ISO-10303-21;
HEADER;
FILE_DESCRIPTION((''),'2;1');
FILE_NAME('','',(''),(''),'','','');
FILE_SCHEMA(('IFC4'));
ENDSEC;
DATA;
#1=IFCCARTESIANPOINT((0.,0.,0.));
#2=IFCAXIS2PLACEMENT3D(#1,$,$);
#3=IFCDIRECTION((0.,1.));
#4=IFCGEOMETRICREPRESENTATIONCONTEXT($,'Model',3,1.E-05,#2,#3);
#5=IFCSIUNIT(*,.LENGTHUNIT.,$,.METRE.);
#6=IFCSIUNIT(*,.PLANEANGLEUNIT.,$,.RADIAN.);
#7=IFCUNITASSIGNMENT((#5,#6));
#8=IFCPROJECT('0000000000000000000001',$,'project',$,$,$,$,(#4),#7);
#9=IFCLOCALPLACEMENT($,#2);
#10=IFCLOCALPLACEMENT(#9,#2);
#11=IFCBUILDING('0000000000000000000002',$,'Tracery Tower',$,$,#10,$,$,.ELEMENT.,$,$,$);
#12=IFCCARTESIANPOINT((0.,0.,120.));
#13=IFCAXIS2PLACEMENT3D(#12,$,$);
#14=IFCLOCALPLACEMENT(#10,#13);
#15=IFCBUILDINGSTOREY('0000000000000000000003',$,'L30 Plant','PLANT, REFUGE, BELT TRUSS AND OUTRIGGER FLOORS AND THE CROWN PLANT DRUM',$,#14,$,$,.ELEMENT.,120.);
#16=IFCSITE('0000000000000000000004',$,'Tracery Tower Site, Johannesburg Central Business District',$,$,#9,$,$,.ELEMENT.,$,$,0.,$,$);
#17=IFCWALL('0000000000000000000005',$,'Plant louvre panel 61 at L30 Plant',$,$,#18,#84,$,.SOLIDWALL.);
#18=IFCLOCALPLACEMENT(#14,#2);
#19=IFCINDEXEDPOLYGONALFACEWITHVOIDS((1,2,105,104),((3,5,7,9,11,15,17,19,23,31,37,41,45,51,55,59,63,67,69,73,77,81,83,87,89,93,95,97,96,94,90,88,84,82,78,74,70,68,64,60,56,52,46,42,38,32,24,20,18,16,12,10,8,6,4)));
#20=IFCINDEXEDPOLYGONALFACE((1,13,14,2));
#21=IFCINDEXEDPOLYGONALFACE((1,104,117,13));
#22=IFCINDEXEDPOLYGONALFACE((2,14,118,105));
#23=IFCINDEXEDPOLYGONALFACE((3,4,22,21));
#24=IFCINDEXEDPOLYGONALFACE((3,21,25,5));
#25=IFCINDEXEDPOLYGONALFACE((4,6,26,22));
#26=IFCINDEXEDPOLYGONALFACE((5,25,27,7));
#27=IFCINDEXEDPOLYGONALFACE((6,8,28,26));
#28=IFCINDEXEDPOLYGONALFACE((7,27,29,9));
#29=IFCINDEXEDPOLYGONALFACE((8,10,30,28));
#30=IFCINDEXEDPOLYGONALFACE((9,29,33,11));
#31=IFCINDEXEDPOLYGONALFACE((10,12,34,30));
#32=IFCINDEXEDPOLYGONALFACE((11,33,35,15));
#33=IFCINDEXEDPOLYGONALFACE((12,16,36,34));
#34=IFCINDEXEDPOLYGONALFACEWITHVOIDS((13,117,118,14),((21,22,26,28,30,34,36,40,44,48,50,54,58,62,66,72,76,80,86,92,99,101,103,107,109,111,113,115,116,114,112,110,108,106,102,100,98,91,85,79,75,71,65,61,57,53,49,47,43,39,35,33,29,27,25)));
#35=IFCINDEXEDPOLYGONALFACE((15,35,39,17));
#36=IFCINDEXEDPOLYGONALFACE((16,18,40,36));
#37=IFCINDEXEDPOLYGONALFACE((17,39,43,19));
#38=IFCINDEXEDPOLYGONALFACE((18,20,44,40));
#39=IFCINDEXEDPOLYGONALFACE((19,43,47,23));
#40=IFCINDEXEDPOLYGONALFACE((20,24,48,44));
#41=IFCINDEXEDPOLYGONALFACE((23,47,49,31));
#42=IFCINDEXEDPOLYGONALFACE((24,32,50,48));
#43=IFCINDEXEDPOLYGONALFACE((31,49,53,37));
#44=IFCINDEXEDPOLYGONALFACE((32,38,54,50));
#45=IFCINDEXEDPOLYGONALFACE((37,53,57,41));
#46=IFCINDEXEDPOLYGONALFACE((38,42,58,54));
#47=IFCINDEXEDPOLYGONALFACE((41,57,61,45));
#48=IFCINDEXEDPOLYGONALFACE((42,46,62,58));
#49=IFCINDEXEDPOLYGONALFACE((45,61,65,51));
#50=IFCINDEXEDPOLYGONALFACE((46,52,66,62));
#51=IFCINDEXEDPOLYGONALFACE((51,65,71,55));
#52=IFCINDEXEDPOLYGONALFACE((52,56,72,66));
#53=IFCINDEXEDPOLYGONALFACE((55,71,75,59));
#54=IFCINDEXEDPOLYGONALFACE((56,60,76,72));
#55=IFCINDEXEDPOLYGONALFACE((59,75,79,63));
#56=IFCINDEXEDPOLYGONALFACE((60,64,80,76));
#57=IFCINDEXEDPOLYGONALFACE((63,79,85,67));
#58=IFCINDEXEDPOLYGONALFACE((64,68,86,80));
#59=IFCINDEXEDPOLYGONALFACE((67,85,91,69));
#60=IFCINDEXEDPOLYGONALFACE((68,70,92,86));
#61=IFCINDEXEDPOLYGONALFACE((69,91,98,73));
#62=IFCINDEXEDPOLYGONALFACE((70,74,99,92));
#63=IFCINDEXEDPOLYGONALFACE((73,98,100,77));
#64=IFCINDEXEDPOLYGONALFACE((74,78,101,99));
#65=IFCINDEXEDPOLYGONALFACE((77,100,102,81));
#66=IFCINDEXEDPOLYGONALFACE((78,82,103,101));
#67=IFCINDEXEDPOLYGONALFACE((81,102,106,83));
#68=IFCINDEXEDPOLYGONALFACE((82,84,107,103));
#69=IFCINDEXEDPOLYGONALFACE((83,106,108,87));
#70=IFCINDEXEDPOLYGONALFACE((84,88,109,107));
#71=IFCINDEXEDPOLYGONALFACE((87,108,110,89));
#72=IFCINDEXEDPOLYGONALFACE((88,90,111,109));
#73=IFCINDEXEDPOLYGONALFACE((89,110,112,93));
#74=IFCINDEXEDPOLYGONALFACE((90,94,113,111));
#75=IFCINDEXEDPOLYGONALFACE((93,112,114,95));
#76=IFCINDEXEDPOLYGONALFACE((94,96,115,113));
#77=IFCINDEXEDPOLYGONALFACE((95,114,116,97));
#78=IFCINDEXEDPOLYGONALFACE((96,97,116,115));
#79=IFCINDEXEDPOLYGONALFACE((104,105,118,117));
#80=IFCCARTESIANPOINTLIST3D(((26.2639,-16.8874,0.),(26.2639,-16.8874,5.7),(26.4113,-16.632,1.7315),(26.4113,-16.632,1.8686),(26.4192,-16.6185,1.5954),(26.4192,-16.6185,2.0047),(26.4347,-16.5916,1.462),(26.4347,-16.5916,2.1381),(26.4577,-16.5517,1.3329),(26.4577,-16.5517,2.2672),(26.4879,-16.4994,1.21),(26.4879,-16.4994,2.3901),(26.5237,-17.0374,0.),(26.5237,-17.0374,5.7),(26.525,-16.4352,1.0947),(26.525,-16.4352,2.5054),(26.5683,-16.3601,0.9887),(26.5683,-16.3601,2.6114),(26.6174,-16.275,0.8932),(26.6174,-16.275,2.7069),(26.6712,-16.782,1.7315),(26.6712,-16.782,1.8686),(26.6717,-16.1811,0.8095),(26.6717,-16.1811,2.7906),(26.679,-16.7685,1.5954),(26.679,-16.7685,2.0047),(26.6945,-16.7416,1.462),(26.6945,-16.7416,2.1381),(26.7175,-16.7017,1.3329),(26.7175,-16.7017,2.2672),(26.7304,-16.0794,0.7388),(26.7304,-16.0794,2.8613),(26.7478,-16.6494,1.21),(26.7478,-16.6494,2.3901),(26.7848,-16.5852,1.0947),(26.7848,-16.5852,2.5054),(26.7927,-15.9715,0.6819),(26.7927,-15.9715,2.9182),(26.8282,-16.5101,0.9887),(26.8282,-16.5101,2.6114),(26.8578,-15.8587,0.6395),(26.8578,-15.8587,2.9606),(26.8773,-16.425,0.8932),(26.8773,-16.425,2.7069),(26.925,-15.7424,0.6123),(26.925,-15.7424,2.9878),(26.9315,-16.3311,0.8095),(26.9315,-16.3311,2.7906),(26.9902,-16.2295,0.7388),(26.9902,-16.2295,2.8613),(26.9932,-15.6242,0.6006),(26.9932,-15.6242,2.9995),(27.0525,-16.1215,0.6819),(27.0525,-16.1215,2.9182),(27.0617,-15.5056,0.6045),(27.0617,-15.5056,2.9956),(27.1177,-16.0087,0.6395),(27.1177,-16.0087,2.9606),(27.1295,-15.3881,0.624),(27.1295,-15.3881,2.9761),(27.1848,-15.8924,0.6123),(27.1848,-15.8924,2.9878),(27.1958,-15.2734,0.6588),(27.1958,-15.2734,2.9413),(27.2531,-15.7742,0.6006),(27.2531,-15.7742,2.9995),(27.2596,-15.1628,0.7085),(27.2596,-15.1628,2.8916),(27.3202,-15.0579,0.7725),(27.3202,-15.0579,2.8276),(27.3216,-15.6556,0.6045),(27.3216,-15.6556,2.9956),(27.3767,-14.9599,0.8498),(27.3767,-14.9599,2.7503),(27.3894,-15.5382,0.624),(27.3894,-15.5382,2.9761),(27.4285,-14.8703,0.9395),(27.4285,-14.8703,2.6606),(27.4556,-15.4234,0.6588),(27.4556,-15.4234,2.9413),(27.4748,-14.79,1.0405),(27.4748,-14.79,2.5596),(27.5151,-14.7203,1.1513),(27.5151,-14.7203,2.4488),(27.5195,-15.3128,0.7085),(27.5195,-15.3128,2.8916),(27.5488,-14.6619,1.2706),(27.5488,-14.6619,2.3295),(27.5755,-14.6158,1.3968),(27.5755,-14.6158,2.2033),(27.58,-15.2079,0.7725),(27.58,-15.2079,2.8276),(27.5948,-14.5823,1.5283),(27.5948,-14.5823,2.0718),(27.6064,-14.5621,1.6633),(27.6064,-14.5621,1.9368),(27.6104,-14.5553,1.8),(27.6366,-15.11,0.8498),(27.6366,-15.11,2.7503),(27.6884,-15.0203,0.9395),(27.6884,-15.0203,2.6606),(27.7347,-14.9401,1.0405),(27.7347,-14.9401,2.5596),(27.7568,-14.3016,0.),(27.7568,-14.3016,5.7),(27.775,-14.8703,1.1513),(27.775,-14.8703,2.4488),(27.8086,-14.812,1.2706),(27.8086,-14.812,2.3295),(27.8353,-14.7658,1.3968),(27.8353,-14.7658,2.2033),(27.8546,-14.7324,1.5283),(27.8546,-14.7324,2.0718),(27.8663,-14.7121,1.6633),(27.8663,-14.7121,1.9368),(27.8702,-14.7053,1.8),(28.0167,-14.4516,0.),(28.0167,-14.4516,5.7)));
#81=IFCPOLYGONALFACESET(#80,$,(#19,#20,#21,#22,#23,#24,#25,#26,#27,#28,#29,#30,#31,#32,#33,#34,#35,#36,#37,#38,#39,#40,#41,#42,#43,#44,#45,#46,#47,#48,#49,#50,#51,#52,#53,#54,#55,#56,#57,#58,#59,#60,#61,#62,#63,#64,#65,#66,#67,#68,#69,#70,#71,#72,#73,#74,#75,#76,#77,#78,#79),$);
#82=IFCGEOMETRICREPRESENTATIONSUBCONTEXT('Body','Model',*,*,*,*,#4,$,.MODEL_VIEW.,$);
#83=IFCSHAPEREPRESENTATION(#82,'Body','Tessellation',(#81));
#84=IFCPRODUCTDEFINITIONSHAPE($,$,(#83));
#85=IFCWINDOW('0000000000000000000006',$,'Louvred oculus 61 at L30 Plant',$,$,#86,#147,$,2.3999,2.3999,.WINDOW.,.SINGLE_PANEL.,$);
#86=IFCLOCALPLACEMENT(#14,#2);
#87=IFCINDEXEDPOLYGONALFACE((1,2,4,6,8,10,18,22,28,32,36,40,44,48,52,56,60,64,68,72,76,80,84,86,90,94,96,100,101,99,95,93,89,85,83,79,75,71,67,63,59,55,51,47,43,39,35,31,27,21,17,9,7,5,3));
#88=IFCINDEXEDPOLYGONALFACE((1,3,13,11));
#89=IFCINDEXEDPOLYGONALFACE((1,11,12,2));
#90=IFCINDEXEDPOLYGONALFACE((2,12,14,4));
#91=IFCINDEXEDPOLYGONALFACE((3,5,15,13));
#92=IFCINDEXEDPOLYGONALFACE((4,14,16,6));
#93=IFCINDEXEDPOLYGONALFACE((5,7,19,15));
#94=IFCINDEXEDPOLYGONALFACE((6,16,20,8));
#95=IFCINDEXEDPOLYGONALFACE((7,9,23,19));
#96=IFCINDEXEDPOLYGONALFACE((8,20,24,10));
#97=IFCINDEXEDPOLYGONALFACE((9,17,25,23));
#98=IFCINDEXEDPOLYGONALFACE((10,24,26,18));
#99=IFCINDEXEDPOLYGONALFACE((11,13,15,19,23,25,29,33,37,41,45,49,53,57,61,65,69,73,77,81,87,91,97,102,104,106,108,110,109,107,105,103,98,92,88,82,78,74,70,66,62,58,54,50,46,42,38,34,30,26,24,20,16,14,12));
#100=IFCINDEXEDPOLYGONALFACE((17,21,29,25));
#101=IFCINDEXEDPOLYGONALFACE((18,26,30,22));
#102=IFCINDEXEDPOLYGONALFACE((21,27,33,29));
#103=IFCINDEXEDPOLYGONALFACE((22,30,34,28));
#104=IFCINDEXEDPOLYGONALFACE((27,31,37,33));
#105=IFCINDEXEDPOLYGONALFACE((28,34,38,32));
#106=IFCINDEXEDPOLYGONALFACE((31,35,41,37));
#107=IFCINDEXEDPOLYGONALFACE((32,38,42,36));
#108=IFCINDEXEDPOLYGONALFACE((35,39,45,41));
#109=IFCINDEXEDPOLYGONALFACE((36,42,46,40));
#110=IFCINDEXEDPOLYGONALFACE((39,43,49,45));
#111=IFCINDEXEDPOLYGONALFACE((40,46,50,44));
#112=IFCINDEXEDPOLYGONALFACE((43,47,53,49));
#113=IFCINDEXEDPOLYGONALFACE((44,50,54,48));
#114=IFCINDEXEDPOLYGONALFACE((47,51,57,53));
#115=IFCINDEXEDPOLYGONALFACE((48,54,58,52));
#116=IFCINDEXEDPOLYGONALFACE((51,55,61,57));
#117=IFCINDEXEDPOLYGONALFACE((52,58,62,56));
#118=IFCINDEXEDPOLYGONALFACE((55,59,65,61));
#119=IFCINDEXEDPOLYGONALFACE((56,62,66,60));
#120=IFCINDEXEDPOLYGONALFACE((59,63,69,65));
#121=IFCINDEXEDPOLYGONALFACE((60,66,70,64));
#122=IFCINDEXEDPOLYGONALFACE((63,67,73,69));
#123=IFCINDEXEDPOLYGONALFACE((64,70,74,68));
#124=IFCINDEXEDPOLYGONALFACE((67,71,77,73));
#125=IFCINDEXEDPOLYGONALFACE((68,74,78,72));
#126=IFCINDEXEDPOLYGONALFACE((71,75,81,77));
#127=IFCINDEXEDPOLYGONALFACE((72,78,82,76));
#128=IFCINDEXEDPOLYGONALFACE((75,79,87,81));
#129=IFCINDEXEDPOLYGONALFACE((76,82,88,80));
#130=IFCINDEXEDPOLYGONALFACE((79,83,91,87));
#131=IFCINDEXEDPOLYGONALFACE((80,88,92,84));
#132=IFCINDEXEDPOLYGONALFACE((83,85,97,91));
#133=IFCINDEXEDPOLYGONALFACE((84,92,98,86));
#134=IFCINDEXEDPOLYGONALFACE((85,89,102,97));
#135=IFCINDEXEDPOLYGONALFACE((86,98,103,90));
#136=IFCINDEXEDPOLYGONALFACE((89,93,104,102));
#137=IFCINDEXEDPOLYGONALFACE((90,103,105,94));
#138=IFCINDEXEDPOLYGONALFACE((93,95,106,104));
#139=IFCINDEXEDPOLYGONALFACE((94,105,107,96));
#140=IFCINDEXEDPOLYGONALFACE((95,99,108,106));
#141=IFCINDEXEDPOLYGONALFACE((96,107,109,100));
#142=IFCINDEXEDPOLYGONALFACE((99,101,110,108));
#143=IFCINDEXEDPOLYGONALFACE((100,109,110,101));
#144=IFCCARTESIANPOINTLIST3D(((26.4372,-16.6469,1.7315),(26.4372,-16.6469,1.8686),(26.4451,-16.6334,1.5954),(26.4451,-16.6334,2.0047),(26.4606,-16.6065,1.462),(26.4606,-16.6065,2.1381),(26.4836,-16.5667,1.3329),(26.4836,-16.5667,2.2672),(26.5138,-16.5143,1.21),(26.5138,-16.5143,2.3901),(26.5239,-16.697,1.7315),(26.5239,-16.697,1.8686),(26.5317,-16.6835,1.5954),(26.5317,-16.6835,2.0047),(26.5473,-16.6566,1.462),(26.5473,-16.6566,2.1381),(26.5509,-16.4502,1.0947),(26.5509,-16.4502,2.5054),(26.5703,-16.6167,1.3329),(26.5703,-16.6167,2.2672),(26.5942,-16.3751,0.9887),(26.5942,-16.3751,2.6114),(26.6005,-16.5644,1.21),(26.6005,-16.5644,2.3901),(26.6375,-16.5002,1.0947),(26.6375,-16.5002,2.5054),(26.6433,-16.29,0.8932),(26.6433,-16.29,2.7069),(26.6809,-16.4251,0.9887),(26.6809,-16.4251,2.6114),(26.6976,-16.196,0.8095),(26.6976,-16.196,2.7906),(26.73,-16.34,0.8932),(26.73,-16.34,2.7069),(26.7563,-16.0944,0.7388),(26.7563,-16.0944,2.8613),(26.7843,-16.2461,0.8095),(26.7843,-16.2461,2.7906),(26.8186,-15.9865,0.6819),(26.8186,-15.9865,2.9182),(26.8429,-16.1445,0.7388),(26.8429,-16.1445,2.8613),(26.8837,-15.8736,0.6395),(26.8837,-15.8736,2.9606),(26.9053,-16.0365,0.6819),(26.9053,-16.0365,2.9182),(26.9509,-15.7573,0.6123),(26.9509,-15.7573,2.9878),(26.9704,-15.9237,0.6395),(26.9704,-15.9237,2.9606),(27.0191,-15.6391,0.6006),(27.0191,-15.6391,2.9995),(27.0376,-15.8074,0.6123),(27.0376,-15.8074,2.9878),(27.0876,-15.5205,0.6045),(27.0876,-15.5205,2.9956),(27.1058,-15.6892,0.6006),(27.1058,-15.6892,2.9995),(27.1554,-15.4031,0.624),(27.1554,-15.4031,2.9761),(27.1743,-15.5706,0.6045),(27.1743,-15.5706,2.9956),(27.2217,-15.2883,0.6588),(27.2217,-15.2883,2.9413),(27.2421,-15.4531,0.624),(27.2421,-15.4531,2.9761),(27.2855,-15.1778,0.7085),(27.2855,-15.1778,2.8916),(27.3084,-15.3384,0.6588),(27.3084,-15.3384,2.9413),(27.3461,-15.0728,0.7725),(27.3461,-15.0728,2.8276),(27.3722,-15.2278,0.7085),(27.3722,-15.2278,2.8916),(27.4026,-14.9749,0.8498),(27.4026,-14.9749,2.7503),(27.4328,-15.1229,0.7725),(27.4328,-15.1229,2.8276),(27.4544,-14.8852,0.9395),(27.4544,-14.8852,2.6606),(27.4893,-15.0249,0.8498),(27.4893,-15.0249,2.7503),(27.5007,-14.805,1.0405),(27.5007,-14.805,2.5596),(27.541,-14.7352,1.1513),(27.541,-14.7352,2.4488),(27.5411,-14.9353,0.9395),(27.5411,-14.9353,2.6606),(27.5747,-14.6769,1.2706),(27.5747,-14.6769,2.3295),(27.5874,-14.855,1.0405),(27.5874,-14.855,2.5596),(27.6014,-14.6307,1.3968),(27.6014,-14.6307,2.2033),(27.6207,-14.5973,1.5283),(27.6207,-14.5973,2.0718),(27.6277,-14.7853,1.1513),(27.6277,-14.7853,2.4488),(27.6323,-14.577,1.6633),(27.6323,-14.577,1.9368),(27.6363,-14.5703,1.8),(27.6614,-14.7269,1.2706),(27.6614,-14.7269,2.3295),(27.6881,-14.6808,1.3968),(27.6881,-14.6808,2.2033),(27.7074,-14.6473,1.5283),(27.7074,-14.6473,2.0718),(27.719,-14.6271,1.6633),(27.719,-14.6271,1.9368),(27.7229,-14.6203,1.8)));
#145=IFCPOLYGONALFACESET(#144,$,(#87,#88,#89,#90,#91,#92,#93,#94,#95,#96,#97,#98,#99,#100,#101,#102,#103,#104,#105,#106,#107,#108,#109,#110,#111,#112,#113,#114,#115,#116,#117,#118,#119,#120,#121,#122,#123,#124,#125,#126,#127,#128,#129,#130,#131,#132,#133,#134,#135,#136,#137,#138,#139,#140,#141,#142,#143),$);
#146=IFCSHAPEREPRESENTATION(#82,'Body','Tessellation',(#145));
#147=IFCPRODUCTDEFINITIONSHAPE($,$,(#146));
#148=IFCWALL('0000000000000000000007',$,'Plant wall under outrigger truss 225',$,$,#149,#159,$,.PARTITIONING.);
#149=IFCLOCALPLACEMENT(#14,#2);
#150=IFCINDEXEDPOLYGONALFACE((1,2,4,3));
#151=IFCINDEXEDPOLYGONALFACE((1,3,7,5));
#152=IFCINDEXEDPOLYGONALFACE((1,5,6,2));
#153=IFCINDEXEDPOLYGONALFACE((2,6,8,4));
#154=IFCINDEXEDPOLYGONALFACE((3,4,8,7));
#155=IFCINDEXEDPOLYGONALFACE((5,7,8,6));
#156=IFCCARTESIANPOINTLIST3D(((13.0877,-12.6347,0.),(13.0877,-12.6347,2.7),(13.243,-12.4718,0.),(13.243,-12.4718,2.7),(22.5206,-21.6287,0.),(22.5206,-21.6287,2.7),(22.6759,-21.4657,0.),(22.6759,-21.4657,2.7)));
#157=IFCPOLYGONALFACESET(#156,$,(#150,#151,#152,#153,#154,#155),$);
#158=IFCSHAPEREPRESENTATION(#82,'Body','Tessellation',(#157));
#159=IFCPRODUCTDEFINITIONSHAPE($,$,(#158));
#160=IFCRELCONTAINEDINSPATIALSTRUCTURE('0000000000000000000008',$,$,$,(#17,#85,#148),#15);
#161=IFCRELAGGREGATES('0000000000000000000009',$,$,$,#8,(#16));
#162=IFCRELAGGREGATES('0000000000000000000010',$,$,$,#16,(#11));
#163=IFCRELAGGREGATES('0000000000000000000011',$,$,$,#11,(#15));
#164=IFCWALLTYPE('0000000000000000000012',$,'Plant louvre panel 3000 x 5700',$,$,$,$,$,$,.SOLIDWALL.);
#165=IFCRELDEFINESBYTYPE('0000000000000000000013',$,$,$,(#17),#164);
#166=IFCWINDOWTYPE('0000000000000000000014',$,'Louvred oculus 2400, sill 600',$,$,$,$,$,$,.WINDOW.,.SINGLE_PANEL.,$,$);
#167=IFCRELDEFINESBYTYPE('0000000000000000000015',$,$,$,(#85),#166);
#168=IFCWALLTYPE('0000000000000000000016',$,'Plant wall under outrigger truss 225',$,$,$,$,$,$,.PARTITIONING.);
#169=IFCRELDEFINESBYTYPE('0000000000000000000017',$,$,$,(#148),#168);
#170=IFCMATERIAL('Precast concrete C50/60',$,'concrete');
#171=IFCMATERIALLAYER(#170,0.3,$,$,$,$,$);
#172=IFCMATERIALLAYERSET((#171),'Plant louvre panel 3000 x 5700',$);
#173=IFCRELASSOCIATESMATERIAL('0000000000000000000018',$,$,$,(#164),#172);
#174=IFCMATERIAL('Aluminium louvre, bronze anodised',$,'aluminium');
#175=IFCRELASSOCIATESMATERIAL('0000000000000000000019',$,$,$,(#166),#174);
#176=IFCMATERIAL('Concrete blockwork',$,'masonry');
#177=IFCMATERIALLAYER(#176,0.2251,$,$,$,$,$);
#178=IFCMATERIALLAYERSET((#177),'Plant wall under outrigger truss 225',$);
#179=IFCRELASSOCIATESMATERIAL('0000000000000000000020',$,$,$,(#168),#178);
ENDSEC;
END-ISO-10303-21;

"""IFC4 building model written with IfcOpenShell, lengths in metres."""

from ifc_helpers import new_model, si_unit, direction, frame, frame_2d, origin, origin_2d, place, context, subcontext, project, spatial, rectangle, circle, extrude, material, layer, layer_set, type_object, element, fill, save


model = new_model("IFC4")

# Units and contexts
model_context = context("Model", 3, precision=1e-05, world=origin(), true_north=direction((0.0, 1.0)))
body_context = subcontext(model_context, "Body", "Model", "MODEL_VIEW")
ifc_project = project(units=[si_unit("LENGTHUNIT", "METRE"), si_unit("PLANEANGLEUNIT", "RADIAN")], contexts=[model_context])

# Site, building, storey
site_placement = place(None, origin())
site = spatial("IfcSite", under=ifc_project, at=site_placement, Name="Tracery Tower Site, Johannesburg Central Business District", CompositionType="ELEMENT", RefElevation=0.0)
building_placement = place(site_placement, origin())
building = spatial("IfcBuilding", under=site, at=building_placement, Name="Tracery Tower", CompositionType="ELEMENT")
storey_placement = place(building_placement, frame((0.0, 0.0, 120.0)))
storey = spatial("IfcBuildingStorey", under=building, at=storey_placement, Name="L30 Plant", Description="PLANT, REFUGE, BELT TRUSS AND OUTRIGGER FLOORS AND THE CROWN PLANT DRUM", CompositionType="ELEMENT", Elevation=120.0)

# Wall, opening, window
ifc_material_1 = material(Name="Precast concrete C50/60", Category="concrete")
ifc_layer_1 = layer(ifc_material_1, 0.3)
ifc_layer_set_1 = layer_set([ifc_layer_1], Name="Plant louvre panel 3000 x 5700")
wall_type_1 = type_object("IfcWallType", Name="Plant louvre panel 3000 x 5700", PredefinedType="SOLIDWALL", material=ifc_layer_set_1)
ifc_material_2 = material(Name="Aluminium louvre, bronze anodised", Category="aluminium")
window_type = type_object("IfcWindowType", Name="Louvred oculus 2400, sill 600", PartitioningType="SINGLE_PANEL", PredefinedType="WINDOW", material=ifc_material_2)
wall_1_placement = place(storey_placement, frame((26.3938, -16.9624, 0.0), z_axis=(0.0, 0.0, 1.0), x_axis=(0.500017, 0.866015, 0.0)))
wall_1 = element("IfcWall", 1, at=wall_1_placement, inside=storey, type_object=wall_type_1, Name="Plant louvre panel 61 at L30 Plant", PredefinedType="SOLIDWALL", context=body_context, shape_type="SweptSolid", body=[
    extrude(rectangle(XDim=2.9858, YDim=0.3, at=frame_2d((1.4929, 0.0))), origin(), (0.0, 0.0, 1.0), 5.7),
])
opening_1_placement = place(wall_1_placement, frame((1.4929, 0.0, 1.8)))
opening_1 = element("IfcOpeningElement", 2, at=opening_1_placement, cuts=wall_1, PredefinedType="OPENING", context=body_context, shape_type="SweptSolid", body=[
    extrude(circle(Radius=1.2, at=origin_2d()), frame((0.0, 0.1599, 0.0), z_axis=(0.0, -1.0, 0.0), x_axis=(1.0, 0.0, 0.0)), (0.0, 0.0, 1.0), 0.3201),
])
window_1_placement = place(opening_1_placement, origin())
window_1 = element("IfcWindow", 3, at=window_1_placement, inside=storey, type_object=window_type, Name="Louvred oculus 61 at L30 Plant", OverallHeight=2.3999, OverallWidth=2.3999, PartitioningType="SINGLE_PANEL", PredefinedType="WINDOW", context=body_context, shape_type="SweptSolid", body=[
    extrude(circle(Radius=1.2, at=origin_2d()), frame((0.0, 0.1201, 0.0), z_axis=(0.0, -1.0, 0.0), x_axis=(1.0, 0.0, 0.0)), (0.0, 0.0, 1.0), 0.1001),
])
fill(opening_1, window_1)

# Wall
ifc_material_3 = material(Name="Concrete blockwork", Category="masonry")
ifc_layer_2 = layer(ifc_material_3, 0.2251)
ifc_layer_set_2 = layer_set([ifc_layer_2], Name="Plant wall under outrigger truss 225")
wall_type_2 = type_object("IfcWallType", Name="Plant wall under outrigger truss 225", PredefinedType="PARTITIONING", material=ifc_layer_set_2)
wall_2_placement = place(storey_placement, frame((22.5981, -21.5471, 0.0), z_axis=(0.0, 0.0, 1.0), x_axis=(-0.723746, 0.690066, 0.0)))
element("IfcWall", 4, at=wall_2_placement, inside=storey, type_object=wall_type_2, Name="Plant wall under outrigger truss 225", PredefinedType="PARTITIONING", context=body_context, shape_type="SweptSolid", body=[
    extrude(rectangle(XDim=13.0334, YDim=0.2251, at=frame_2d((6.5166, 0.0))), origin(), (0.0, 0.0, 1.0), 2.7),
])

save(model, "model.ifc")
